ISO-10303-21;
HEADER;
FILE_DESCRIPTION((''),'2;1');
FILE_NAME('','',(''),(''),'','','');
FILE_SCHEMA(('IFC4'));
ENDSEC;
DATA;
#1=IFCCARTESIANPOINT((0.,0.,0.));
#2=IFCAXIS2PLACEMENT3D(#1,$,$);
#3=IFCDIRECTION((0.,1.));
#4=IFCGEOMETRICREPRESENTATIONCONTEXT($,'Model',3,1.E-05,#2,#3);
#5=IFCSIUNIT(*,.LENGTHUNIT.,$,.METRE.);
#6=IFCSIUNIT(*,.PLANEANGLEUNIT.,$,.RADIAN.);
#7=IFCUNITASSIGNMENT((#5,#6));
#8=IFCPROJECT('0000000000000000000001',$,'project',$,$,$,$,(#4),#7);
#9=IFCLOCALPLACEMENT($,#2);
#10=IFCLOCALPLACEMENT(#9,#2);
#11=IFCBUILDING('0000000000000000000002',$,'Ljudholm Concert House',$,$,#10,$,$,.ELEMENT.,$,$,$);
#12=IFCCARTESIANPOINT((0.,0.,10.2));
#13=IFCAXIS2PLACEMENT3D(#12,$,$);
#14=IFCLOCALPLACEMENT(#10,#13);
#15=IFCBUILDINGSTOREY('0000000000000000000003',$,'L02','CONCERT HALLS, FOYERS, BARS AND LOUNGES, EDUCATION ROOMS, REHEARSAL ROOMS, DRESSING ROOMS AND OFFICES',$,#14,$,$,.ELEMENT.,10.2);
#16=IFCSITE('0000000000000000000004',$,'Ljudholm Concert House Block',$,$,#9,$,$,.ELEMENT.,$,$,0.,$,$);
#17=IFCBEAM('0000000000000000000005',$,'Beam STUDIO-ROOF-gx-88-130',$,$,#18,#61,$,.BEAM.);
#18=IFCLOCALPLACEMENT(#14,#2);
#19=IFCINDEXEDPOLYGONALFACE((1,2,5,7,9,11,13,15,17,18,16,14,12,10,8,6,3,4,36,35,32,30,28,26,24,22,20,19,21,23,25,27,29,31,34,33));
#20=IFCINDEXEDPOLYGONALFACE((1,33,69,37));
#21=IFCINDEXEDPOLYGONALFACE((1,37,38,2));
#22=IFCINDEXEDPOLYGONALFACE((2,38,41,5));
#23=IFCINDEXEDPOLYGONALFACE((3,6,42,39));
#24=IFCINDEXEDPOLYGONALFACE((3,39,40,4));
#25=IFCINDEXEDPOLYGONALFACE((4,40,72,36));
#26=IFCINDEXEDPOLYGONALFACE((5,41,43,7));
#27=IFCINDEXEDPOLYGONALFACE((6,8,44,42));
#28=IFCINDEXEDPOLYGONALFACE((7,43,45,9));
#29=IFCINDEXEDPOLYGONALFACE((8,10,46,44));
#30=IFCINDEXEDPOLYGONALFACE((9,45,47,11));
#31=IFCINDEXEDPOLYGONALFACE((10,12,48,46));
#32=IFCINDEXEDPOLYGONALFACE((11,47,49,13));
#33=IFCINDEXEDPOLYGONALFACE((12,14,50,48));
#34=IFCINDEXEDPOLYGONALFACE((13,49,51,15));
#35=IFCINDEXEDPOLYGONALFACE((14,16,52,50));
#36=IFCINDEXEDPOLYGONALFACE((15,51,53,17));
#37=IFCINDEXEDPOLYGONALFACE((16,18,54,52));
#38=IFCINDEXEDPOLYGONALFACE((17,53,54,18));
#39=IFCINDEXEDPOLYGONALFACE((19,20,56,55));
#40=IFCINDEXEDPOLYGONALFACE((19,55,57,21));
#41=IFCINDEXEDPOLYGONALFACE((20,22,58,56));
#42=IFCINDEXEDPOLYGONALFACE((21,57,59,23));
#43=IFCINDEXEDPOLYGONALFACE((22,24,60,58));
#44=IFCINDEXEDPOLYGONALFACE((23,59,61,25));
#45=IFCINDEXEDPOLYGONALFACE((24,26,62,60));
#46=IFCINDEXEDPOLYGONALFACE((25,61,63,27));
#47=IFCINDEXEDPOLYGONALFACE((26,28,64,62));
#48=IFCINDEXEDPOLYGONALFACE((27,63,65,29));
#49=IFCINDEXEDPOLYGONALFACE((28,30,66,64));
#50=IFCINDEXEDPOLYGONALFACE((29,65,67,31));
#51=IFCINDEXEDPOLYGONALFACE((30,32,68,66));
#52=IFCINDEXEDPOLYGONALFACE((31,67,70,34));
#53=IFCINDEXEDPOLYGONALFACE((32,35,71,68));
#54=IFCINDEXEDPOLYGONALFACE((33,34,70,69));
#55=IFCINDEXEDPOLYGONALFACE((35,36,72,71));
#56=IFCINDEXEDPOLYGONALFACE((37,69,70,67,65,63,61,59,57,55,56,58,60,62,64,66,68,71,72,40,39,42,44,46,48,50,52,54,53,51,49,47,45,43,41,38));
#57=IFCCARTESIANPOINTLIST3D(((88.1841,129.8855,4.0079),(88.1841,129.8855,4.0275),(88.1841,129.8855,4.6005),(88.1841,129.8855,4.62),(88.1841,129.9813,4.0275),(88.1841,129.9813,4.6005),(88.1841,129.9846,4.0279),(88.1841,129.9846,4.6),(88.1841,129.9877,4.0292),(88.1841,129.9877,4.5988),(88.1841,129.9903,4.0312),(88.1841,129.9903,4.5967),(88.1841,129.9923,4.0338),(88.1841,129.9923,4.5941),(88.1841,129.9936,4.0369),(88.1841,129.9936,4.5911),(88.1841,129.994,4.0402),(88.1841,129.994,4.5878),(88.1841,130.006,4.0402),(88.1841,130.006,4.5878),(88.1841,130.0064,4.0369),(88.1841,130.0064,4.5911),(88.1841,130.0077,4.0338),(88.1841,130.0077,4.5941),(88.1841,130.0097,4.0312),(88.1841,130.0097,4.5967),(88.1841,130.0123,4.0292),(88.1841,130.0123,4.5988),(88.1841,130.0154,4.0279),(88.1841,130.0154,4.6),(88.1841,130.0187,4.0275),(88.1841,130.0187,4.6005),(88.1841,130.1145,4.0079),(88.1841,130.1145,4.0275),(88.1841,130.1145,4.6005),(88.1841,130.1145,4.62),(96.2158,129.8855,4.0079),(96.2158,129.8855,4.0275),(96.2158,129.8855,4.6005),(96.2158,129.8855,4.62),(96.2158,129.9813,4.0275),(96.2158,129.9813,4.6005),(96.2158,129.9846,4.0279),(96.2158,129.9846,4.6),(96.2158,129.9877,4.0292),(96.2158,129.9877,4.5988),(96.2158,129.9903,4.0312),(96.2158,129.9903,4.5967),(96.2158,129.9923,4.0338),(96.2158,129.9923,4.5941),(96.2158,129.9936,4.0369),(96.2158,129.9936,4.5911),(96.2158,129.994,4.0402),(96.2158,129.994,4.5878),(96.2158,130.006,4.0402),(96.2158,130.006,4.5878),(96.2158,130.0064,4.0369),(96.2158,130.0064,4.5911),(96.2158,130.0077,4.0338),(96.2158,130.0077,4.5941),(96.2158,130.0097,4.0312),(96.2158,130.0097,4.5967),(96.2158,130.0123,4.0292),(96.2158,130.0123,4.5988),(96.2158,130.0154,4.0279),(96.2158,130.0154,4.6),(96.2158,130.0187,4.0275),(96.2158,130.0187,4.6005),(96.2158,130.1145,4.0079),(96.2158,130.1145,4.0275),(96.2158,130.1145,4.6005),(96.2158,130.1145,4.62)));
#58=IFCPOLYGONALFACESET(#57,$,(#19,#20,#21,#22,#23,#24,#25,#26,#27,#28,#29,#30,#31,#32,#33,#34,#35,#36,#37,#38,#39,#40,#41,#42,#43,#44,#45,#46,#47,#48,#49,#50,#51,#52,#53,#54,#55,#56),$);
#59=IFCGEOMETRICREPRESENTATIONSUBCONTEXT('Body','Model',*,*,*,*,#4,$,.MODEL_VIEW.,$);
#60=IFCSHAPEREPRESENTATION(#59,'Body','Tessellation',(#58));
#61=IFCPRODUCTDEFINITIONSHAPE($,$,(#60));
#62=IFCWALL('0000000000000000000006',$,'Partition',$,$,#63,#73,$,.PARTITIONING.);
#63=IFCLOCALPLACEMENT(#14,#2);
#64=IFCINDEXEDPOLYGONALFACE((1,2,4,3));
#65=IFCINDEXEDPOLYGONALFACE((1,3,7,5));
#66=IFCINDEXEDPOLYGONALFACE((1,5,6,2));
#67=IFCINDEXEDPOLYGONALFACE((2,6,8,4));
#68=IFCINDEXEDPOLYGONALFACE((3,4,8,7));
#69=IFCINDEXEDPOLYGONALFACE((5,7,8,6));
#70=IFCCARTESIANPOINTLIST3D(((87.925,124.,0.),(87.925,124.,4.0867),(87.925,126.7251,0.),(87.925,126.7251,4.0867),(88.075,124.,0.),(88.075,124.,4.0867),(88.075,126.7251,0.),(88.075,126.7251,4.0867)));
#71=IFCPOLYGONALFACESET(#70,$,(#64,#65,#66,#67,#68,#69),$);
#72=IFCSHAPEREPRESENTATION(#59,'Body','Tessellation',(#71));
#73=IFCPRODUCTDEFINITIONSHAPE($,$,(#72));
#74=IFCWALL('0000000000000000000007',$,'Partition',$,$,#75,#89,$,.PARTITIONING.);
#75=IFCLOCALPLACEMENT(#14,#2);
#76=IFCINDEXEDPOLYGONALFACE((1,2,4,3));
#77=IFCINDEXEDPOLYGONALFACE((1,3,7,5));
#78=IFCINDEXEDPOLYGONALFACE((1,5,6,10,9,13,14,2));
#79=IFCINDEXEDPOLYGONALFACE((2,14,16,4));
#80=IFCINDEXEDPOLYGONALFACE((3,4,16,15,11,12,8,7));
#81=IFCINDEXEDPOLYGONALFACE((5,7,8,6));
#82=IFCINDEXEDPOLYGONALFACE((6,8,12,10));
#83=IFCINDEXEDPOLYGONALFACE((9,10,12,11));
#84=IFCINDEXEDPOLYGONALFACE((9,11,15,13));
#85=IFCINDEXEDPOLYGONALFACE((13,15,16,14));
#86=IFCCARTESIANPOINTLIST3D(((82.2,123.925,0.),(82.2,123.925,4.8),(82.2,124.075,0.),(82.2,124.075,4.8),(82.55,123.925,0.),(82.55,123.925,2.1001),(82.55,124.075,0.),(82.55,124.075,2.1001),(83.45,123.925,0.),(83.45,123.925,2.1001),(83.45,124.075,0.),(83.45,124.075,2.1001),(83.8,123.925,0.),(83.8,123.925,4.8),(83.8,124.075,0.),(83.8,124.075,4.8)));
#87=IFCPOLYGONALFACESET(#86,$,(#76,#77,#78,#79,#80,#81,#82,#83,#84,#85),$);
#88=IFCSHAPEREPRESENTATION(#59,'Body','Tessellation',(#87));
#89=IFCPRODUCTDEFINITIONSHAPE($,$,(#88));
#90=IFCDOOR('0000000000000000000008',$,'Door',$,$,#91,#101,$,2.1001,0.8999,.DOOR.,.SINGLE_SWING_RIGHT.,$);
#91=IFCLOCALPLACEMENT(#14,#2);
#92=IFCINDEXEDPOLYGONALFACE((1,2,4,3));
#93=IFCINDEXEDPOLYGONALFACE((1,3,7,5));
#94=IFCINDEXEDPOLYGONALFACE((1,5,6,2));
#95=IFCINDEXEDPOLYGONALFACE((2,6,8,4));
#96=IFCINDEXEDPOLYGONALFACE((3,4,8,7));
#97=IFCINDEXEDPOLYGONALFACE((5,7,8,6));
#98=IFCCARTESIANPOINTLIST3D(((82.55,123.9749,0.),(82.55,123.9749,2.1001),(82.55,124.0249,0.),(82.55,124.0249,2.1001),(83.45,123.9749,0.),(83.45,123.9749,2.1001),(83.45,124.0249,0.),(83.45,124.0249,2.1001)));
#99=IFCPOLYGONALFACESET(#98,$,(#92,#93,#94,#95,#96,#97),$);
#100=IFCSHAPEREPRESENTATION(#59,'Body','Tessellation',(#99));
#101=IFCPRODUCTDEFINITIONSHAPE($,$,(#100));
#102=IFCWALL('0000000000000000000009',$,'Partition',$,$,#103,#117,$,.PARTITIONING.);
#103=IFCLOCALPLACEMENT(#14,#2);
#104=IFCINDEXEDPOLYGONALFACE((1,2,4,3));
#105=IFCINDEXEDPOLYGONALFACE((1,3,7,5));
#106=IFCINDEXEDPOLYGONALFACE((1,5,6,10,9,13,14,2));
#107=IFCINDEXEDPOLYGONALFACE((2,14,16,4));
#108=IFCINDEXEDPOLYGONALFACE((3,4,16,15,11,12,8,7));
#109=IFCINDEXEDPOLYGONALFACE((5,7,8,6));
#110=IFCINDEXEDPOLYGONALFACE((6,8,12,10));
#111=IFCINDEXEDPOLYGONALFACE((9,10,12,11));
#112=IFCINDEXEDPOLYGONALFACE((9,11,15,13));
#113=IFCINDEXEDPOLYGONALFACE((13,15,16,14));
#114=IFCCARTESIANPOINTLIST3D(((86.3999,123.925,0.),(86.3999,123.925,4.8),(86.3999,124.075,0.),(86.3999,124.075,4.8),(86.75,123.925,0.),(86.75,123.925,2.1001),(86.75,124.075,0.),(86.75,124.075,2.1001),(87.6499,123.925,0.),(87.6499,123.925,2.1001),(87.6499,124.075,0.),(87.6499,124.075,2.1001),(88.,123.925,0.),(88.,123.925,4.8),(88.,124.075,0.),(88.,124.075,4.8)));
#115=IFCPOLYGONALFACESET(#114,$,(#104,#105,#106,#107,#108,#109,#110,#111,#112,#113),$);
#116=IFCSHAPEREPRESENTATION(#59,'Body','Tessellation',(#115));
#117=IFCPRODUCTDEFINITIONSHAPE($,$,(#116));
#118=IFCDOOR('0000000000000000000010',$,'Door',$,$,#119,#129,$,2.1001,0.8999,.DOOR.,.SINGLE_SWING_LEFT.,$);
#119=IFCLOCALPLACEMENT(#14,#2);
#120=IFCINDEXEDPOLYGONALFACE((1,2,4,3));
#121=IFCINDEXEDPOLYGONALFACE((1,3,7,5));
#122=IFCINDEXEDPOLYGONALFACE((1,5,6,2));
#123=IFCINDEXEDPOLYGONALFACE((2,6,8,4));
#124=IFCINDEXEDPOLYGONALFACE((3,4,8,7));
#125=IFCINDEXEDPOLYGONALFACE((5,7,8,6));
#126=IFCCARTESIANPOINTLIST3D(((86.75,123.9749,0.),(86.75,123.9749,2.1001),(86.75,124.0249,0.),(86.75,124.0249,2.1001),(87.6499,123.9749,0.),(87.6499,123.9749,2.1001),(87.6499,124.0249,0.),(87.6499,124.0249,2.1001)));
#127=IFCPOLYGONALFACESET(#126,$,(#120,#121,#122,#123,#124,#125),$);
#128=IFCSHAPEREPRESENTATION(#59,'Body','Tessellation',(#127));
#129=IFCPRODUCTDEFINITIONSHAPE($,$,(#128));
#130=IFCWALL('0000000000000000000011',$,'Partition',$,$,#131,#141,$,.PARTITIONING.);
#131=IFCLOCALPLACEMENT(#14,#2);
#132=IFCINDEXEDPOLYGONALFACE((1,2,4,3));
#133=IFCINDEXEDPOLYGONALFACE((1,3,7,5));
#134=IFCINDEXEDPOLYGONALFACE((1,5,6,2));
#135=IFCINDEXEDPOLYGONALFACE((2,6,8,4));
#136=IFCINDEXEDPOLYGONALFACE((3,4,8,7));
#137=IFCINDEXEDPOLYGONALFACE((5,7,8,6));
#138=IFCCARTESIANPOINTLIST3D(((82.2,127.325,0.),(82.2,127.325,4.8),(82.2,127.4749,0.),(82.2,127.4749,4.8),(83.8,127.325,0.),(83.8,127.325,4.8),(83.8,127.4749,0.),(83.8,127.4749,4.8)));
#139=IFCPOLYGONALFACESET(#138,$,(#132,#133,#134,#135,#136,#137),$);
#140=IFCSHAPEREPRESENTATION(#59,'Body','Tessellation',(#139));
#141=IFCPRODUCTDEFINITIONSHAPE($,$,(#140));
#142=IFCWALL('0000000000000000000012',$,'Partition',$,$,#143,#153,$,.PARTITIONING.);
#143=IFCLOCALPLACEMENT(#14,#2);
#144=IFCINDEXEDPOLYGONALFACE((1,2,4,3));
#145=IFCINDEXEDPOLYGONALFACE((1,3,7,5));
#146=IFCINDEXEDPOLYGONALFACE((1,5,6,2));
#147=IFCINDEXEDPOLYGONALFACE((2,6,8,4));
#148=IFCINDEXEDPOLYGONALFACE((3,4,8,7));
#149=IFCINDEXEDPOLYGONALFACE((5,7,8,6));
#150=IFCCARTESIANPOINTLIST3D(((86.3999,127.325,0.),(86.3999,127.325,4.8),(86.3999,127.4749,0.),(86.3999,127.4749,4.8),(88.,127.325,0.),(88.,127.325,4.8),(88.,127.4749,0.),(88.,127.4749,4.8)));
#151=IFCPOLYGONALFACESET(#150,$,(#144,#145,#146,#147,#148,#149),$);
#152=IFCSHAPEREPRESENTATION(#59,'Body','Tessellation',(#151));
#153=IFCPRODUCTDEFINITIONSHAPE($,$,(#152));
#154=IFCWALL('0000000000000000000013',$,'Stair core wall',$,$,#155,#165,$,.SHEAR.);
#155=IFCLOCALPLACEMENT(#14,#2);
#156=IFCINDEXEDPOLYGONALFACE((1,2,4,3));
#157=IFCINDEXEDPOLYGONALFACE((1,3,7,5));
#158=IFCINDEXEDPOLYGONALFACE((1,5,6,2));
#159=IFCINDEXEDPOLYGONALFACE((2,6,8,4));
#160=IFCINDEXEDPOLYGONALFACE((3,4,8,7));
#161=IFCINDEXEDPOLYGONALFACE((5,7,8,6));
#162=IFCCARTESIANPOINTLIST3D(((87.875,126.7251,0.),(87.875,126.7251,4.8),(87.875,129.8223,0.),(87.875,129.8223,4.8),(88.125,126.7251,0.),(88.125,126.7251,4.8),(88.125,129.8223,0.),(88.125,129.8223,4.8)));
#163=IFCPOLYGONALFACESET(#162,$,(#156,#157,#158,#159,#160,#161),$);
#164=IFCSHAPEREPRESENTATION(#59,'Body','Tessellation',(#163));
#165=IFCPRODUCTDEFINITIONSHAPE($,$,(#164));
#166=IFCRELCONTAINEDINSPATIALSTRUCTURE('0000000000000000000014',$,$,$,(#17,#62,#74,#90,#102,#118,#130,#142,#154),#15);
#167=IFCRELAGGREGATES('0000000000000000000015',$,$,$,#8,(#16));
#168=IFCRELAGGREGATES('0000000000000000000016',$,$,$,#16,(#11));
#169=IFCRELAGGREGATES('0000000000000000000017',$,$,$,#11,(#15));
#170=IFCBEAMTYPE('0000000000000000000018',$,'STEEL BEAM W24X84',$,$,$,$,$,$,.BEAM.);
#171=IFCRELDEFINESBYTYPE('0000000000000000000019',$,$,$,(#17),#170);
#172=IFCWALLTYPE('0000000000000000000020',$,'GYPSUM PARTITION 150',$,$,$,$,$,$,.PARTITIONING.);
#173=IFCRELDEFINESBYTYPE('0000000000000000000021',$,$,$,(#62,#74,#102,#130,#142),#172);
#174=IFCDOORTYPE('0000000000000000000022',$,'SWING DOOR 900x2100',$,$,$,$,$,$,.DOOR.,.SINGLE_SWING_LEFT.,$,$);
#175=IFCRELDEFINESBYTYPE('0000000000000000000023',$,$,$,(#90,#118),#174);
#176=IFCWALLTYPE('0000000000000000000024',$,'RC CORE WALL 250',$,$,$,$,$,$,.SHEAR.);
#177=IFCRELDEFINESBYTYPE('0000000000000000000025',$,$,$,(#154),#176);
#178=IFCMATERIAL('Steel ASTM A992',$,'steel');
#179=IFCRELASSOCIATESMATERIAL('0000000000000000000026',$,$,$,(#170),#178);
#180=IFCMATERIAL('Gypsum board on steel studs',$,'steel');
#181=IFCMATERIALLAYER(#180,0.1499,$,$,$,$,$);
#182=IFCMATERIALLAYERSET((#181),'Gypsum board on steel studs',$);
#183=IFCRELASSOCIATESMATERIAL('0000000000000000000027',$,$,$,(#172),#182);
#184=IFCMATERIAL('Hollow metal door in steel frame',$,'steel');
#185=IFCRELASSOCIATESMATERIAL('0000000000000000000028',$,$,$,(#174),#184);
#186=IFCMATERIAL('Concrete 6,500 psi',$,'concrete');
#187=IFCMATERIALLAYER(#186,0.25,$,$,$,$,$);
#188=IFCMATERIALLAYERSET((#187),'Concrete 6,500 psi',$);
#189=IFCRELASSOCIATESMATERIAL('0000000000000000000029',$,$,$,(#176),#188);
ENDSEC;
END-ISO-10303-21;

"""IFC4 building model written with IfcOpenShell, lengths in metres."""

from ifc_helpers import new_model, si_unit, direction, frame, frame_2d, origin, origin_2d, place, context, subcontext, project, spatial, rectangle, i_section, extrude, material, layer, layer_set, material_profile, profile_set, type_object, element, fill, save


model = new_model("IFC4")

# Units and contexts
model_context = context("Model", 3, precision=1e-05, world=origin(), true_north=direction((0.0, 1.0)))
body_context = subcontext(model_context, "Body", "Model", "MODEL_VIEW")
ifc_project = project(units=[si_unit("LENGTHUNIT", "METRE"), si_unit("PLANEANGLEUNIT", "RADIAN")], contexts=[model_context])

# Site, building, storey
site_placement = place(None, origin())
site = spatial("IfcSite", under=ifc_project, at=site_placement, Name="Ljudholm Concert House Block", CompositionType="ELEMENT", RefElevation=0.0)
building_placement = place(site_placement, origin())
building = spatial("IfcBuilding", under=site, at=building_placement, Name="Ljudholm Concert House", CompositionType="ELEMENT")
storey_placement = place(building_placement, frame((0.0, 0.0, 10.2)))
storey = spatial("IfcBuildingStorey", under=building, at=storey_placement, Name="L02", Description="CONCERT HALLS, FOYERS, BARS AND LOUNGES, EDUCATION ROOMS, REHEARSAL ROOMS, DRESSING ROOMS AND OFFICES", CompositionType="ELEMENT", Elevation=10.2)

# Beam
ifc_material_1 = material(Name="Steel ASTM A992", Category="steel")
ifc_material_profile_1 = material_profile(ifc_material_1, i_section(OverallWidth=0.229, OverallDepth=0.6121, WebThickness=0.012, FlangeThickness=0.0195, FilletRadius=0.0127, at=origin_2d()), Name="W24X84")
ifc_profile_set_1 = profile_set([ifc_material_profile_1], Name="Steel ASTM A992")
beam_type_1 = type_object("IfcBeamType", Name="STEEL BEAM W24X84", PredefinedType="BEAM", material=ifc_profile_set_1)
beam_1_placement = place(storey_placement, frame((88.1841, 130.0, 4.314), z_axis=(1.0, 0.0, 0.0), x_axis=(0.0, 1.0, 0.0)))
element("IfcBeam", 1, at=beam_1_placement, inside=storey, type_object=beam_type_1, Name="Beam STUDIO-ROOF-gx-88-130", PredefinedType="BEAM", context=body_context, shape_type="SweptSolid", body=[
    extrude(i_section(OverallWidth=0.229, OverallDepth=0.6121, WebThickness=0.012, FlangeThickness=0.0195, FilletRadius=0.0127, at=origin_2d()), origin(), (0.0, 0.0, 1.0), 8.0317),
])

# Wall
ifc_material_2 = material(Name="Gypsum board on steel studs", Category="steel")
ifc_layer_1 = layer(ifc_material_2, 0.1499)
ifc_layer_set_1 = layer_set([ifc_layer_1], Name="Gypsum board on steel studs")
wall_type_1 = type_object("IfcWallType", Name="GYPSUM PARTITION 150", PredefinedType="PARTITIONING", material=ifc_layer_set_1)
wall_1_placement = place(storey_placement, frame((88.0, 124.0, 0.0), z_axis=(0.0, 0.0, 1.0), x_axis=(0.0, 1.0, 0.0)))
element("IfcWall", 2, at=wall_1_placement, inside=storey, type_object=wall_type_1, Name="Partition", PredefinedType="PARTITIONING", context=body_context, shape_type="SweptSolid", body=[
    extrude(rectangle(XDim=2.7251, YDim=0.1499, at=frame_2d((1.3625, 0.0))), origin(), (0.0, 0.0, 1.0), 4.0867),
])

# Walls, openings, doors
wall_2_placement = place(storey_placement, frame((82.2, 124.0, 0.0), z_axis=(0.0, 0.0, 1.0), x_axis=(1.0, 0.0, 0.0)))
wall_2 = element("IfcWall", 3, at=wall_2_placement, inside=storey, type_object=wall_type_1, Name="Partition", PredefinedType="PARTITIONING", context=body_context, shape_type="SweptSolid", body=[
    extrude(rectangle(XDim=1.6001, YDim=0.1499, at=frame_2d((0.8, 0.0))), origin(), (0.0, 0.0, 1.0), 4.8),
])
opening_1_placement = place(wall_2_placement, frame((0.3501, 0.0, 0.0)))
opening_1 = element("IfcOpeningElement", 4, at=opening_1_placement, cuts=wall_2, PredefinedType="OPENING", context=body_context, shape_type="SweptSolid", body=[
    extrude(rectangle(XDim=0.8999, YDim=2.1001, at=frame_2d((0.45, 1.05))), frame((0.0, 0.085, 0.0), z_axis=(0.0, -1.0, 0.0), x_axis=(1.0, 0.0, 0.0)), (0.0, 0.0, 1.0), 0.1699),
])
ifc_material_3 = material(Name="Hollow metal door in steel frame", Category="steel")
door_type_1 = type_object("IfcDoorType", Name="SWING DOOR 900x2100", OperationType="SINGLE_SWING_LEFT", PredefinedType="DOOR", material=ifc_material_3)
door_1_placement = place(opening_1_placement, origin())
door_1 = element("IfcDoor", 5, at=door_1_placement, inside=storey, type_object=door_type_1, Name="Door", OperationType="SINGLE_SWING_RIGHT", OverallHeight=2.1001, OverallWidth=0.8999, PredefinedType="DOOR", context=body_context, shape_type="SweptSolid", body=[
    extrude(rectangle(XDim=0.8999, YDim=2.1001, at=frame_2d((0.45, 1.05))), frame((0.0, 0.0249, 0.0), z_axis=(0.0, -1.0, 0.0), x_axis=(1.0, 0.0, 0.0)), (0.0, 0.0, 1.0), 0.05),
])
fill(opening_1, door_1)
wall_3_placement = place(storey_placement, frame((86.3999, 124.0, 0.0), z_axis=(0.0, 0.0, 1.0), x_axis=(1.0, 0.0, 0.0)))
wall_3 = element("IfcWall", 6, at=wall_3_placement, inside=storey, type_object=wall_type_1, Name="Partition", PredefinedType="PARTITIONING", context=body_context, shape_type="SweptSolid", body=[
    extrude(rectangle(XDim=1.6001, YDim=0.1499, at=frame_2d((0.8, 0.0))), origin(), (0.0, 0.0, 1.0), 4.8),
])
opening_2_placement = place(wall_3_placement, frame((0.3501, 0.0, 0.0)))
opening_2 = element("IfcOpeningElement", 7, at=opening_2_placement, cuts=wall_3, PredefinedType="OPENING", context=body_context, shape_type="SweptSolid", body=[
    extrude(rectangle(XDim=0.8999, YDim=2.1001, at=frame_2d((0.45, 1.05))), frame((0.0, 0.085, 0.0), z_axis=(0.0, -1.0, 0.0), x_axis=(1.0, 0.0, 0.0)), (0.0, 0.0, 1.0), 0.1699),
])
door_2_placement = place(opening_2_placement, origin())
door_2 = element("IfcDoor", 8, at=door_2_placement, inside=storey, type_object=door_type_1, Name="Door", OperationType="SINGLE_SWING_LEFT", OverallHeight=2.1001, OverallWidth=0.8999, PredefinedType="DOOR", context=body_context, shape_type="SweptSolid", body=[
    extrude(rectangle(XDim=0.8999, YDim=2.1001, at=frame_2d((0.45, 1.05))), frame((0.0, 0.0249, 0.0), z_axis=(0.0, -1.0, 0.0), x_axis=(1.0, 0.0, 0.0)), (0.0, 0.0, 1.0), 0.05),
])
fill(opening_2, door_2)

# Walls
for number, where, z_axis, x_axis, name in (
    (9, (82.2, 127.3999, 0.0), (0.0, 0.0, 1.0), (1.0, 0.0, 0.0), "Partition"),
    (10, (86.3999, 127.3999, 0.0), (0.0, 0.0, 1.0), (1.0, 0.0, 0.0), "Partition"),
):
    element("IfcWall", number, at=place(storey_placement, frame(where, z_axis=z_axis, x_axis=x_axis)), inside=storey, type_object=wall_type_1, Name=name, PredefinedType="PARTITIONING", context=body_context, shape_type="SweptSolid", body=[
        extrude(rectangle(XDim=1.6001, YDim=0.1499, at=frame_2d((0.8, 0.0))), origin(), (0.0, 0.0, 1.0), 4.8),
    ])
ifc_material_4 = material(Name="Concrete 6,500 psi", Category="concrete")
ifc_layer_2 = layer(ifc_material_4, 0.25)
ifc_layer_set_2 = layer_set([ifc_layer_2], Name="Concrete 6,500 psi")
wall_type_2 = type_object("IfcWallType", Name="RC CORE WALL 250", PredefinedType="SHEAR", material=ifc_layer_set_2)
wall_4_placement = place(storey_placement, frame((88.0, 126.7251, 0.0), z_axis=(0.0, 0.0, 1.0), x_axis=(0.0, 1.0, 0.0)))
element("IfcWall", 11, at=wall_4_placement, inside=storey, type_object=wall_type_2, Name="Stair core wall", PredefinedType="SHEAR", context=body_context, shape_type="SweptSolid", body=[
    extrude(rectangle(XDim=3.0972, YDim=0.25, at=frame_2d((1.5486, 0.0))), origin(), (0.0, 0.0, 1.0), 4.8),
])

save(model, "model.ifc")
